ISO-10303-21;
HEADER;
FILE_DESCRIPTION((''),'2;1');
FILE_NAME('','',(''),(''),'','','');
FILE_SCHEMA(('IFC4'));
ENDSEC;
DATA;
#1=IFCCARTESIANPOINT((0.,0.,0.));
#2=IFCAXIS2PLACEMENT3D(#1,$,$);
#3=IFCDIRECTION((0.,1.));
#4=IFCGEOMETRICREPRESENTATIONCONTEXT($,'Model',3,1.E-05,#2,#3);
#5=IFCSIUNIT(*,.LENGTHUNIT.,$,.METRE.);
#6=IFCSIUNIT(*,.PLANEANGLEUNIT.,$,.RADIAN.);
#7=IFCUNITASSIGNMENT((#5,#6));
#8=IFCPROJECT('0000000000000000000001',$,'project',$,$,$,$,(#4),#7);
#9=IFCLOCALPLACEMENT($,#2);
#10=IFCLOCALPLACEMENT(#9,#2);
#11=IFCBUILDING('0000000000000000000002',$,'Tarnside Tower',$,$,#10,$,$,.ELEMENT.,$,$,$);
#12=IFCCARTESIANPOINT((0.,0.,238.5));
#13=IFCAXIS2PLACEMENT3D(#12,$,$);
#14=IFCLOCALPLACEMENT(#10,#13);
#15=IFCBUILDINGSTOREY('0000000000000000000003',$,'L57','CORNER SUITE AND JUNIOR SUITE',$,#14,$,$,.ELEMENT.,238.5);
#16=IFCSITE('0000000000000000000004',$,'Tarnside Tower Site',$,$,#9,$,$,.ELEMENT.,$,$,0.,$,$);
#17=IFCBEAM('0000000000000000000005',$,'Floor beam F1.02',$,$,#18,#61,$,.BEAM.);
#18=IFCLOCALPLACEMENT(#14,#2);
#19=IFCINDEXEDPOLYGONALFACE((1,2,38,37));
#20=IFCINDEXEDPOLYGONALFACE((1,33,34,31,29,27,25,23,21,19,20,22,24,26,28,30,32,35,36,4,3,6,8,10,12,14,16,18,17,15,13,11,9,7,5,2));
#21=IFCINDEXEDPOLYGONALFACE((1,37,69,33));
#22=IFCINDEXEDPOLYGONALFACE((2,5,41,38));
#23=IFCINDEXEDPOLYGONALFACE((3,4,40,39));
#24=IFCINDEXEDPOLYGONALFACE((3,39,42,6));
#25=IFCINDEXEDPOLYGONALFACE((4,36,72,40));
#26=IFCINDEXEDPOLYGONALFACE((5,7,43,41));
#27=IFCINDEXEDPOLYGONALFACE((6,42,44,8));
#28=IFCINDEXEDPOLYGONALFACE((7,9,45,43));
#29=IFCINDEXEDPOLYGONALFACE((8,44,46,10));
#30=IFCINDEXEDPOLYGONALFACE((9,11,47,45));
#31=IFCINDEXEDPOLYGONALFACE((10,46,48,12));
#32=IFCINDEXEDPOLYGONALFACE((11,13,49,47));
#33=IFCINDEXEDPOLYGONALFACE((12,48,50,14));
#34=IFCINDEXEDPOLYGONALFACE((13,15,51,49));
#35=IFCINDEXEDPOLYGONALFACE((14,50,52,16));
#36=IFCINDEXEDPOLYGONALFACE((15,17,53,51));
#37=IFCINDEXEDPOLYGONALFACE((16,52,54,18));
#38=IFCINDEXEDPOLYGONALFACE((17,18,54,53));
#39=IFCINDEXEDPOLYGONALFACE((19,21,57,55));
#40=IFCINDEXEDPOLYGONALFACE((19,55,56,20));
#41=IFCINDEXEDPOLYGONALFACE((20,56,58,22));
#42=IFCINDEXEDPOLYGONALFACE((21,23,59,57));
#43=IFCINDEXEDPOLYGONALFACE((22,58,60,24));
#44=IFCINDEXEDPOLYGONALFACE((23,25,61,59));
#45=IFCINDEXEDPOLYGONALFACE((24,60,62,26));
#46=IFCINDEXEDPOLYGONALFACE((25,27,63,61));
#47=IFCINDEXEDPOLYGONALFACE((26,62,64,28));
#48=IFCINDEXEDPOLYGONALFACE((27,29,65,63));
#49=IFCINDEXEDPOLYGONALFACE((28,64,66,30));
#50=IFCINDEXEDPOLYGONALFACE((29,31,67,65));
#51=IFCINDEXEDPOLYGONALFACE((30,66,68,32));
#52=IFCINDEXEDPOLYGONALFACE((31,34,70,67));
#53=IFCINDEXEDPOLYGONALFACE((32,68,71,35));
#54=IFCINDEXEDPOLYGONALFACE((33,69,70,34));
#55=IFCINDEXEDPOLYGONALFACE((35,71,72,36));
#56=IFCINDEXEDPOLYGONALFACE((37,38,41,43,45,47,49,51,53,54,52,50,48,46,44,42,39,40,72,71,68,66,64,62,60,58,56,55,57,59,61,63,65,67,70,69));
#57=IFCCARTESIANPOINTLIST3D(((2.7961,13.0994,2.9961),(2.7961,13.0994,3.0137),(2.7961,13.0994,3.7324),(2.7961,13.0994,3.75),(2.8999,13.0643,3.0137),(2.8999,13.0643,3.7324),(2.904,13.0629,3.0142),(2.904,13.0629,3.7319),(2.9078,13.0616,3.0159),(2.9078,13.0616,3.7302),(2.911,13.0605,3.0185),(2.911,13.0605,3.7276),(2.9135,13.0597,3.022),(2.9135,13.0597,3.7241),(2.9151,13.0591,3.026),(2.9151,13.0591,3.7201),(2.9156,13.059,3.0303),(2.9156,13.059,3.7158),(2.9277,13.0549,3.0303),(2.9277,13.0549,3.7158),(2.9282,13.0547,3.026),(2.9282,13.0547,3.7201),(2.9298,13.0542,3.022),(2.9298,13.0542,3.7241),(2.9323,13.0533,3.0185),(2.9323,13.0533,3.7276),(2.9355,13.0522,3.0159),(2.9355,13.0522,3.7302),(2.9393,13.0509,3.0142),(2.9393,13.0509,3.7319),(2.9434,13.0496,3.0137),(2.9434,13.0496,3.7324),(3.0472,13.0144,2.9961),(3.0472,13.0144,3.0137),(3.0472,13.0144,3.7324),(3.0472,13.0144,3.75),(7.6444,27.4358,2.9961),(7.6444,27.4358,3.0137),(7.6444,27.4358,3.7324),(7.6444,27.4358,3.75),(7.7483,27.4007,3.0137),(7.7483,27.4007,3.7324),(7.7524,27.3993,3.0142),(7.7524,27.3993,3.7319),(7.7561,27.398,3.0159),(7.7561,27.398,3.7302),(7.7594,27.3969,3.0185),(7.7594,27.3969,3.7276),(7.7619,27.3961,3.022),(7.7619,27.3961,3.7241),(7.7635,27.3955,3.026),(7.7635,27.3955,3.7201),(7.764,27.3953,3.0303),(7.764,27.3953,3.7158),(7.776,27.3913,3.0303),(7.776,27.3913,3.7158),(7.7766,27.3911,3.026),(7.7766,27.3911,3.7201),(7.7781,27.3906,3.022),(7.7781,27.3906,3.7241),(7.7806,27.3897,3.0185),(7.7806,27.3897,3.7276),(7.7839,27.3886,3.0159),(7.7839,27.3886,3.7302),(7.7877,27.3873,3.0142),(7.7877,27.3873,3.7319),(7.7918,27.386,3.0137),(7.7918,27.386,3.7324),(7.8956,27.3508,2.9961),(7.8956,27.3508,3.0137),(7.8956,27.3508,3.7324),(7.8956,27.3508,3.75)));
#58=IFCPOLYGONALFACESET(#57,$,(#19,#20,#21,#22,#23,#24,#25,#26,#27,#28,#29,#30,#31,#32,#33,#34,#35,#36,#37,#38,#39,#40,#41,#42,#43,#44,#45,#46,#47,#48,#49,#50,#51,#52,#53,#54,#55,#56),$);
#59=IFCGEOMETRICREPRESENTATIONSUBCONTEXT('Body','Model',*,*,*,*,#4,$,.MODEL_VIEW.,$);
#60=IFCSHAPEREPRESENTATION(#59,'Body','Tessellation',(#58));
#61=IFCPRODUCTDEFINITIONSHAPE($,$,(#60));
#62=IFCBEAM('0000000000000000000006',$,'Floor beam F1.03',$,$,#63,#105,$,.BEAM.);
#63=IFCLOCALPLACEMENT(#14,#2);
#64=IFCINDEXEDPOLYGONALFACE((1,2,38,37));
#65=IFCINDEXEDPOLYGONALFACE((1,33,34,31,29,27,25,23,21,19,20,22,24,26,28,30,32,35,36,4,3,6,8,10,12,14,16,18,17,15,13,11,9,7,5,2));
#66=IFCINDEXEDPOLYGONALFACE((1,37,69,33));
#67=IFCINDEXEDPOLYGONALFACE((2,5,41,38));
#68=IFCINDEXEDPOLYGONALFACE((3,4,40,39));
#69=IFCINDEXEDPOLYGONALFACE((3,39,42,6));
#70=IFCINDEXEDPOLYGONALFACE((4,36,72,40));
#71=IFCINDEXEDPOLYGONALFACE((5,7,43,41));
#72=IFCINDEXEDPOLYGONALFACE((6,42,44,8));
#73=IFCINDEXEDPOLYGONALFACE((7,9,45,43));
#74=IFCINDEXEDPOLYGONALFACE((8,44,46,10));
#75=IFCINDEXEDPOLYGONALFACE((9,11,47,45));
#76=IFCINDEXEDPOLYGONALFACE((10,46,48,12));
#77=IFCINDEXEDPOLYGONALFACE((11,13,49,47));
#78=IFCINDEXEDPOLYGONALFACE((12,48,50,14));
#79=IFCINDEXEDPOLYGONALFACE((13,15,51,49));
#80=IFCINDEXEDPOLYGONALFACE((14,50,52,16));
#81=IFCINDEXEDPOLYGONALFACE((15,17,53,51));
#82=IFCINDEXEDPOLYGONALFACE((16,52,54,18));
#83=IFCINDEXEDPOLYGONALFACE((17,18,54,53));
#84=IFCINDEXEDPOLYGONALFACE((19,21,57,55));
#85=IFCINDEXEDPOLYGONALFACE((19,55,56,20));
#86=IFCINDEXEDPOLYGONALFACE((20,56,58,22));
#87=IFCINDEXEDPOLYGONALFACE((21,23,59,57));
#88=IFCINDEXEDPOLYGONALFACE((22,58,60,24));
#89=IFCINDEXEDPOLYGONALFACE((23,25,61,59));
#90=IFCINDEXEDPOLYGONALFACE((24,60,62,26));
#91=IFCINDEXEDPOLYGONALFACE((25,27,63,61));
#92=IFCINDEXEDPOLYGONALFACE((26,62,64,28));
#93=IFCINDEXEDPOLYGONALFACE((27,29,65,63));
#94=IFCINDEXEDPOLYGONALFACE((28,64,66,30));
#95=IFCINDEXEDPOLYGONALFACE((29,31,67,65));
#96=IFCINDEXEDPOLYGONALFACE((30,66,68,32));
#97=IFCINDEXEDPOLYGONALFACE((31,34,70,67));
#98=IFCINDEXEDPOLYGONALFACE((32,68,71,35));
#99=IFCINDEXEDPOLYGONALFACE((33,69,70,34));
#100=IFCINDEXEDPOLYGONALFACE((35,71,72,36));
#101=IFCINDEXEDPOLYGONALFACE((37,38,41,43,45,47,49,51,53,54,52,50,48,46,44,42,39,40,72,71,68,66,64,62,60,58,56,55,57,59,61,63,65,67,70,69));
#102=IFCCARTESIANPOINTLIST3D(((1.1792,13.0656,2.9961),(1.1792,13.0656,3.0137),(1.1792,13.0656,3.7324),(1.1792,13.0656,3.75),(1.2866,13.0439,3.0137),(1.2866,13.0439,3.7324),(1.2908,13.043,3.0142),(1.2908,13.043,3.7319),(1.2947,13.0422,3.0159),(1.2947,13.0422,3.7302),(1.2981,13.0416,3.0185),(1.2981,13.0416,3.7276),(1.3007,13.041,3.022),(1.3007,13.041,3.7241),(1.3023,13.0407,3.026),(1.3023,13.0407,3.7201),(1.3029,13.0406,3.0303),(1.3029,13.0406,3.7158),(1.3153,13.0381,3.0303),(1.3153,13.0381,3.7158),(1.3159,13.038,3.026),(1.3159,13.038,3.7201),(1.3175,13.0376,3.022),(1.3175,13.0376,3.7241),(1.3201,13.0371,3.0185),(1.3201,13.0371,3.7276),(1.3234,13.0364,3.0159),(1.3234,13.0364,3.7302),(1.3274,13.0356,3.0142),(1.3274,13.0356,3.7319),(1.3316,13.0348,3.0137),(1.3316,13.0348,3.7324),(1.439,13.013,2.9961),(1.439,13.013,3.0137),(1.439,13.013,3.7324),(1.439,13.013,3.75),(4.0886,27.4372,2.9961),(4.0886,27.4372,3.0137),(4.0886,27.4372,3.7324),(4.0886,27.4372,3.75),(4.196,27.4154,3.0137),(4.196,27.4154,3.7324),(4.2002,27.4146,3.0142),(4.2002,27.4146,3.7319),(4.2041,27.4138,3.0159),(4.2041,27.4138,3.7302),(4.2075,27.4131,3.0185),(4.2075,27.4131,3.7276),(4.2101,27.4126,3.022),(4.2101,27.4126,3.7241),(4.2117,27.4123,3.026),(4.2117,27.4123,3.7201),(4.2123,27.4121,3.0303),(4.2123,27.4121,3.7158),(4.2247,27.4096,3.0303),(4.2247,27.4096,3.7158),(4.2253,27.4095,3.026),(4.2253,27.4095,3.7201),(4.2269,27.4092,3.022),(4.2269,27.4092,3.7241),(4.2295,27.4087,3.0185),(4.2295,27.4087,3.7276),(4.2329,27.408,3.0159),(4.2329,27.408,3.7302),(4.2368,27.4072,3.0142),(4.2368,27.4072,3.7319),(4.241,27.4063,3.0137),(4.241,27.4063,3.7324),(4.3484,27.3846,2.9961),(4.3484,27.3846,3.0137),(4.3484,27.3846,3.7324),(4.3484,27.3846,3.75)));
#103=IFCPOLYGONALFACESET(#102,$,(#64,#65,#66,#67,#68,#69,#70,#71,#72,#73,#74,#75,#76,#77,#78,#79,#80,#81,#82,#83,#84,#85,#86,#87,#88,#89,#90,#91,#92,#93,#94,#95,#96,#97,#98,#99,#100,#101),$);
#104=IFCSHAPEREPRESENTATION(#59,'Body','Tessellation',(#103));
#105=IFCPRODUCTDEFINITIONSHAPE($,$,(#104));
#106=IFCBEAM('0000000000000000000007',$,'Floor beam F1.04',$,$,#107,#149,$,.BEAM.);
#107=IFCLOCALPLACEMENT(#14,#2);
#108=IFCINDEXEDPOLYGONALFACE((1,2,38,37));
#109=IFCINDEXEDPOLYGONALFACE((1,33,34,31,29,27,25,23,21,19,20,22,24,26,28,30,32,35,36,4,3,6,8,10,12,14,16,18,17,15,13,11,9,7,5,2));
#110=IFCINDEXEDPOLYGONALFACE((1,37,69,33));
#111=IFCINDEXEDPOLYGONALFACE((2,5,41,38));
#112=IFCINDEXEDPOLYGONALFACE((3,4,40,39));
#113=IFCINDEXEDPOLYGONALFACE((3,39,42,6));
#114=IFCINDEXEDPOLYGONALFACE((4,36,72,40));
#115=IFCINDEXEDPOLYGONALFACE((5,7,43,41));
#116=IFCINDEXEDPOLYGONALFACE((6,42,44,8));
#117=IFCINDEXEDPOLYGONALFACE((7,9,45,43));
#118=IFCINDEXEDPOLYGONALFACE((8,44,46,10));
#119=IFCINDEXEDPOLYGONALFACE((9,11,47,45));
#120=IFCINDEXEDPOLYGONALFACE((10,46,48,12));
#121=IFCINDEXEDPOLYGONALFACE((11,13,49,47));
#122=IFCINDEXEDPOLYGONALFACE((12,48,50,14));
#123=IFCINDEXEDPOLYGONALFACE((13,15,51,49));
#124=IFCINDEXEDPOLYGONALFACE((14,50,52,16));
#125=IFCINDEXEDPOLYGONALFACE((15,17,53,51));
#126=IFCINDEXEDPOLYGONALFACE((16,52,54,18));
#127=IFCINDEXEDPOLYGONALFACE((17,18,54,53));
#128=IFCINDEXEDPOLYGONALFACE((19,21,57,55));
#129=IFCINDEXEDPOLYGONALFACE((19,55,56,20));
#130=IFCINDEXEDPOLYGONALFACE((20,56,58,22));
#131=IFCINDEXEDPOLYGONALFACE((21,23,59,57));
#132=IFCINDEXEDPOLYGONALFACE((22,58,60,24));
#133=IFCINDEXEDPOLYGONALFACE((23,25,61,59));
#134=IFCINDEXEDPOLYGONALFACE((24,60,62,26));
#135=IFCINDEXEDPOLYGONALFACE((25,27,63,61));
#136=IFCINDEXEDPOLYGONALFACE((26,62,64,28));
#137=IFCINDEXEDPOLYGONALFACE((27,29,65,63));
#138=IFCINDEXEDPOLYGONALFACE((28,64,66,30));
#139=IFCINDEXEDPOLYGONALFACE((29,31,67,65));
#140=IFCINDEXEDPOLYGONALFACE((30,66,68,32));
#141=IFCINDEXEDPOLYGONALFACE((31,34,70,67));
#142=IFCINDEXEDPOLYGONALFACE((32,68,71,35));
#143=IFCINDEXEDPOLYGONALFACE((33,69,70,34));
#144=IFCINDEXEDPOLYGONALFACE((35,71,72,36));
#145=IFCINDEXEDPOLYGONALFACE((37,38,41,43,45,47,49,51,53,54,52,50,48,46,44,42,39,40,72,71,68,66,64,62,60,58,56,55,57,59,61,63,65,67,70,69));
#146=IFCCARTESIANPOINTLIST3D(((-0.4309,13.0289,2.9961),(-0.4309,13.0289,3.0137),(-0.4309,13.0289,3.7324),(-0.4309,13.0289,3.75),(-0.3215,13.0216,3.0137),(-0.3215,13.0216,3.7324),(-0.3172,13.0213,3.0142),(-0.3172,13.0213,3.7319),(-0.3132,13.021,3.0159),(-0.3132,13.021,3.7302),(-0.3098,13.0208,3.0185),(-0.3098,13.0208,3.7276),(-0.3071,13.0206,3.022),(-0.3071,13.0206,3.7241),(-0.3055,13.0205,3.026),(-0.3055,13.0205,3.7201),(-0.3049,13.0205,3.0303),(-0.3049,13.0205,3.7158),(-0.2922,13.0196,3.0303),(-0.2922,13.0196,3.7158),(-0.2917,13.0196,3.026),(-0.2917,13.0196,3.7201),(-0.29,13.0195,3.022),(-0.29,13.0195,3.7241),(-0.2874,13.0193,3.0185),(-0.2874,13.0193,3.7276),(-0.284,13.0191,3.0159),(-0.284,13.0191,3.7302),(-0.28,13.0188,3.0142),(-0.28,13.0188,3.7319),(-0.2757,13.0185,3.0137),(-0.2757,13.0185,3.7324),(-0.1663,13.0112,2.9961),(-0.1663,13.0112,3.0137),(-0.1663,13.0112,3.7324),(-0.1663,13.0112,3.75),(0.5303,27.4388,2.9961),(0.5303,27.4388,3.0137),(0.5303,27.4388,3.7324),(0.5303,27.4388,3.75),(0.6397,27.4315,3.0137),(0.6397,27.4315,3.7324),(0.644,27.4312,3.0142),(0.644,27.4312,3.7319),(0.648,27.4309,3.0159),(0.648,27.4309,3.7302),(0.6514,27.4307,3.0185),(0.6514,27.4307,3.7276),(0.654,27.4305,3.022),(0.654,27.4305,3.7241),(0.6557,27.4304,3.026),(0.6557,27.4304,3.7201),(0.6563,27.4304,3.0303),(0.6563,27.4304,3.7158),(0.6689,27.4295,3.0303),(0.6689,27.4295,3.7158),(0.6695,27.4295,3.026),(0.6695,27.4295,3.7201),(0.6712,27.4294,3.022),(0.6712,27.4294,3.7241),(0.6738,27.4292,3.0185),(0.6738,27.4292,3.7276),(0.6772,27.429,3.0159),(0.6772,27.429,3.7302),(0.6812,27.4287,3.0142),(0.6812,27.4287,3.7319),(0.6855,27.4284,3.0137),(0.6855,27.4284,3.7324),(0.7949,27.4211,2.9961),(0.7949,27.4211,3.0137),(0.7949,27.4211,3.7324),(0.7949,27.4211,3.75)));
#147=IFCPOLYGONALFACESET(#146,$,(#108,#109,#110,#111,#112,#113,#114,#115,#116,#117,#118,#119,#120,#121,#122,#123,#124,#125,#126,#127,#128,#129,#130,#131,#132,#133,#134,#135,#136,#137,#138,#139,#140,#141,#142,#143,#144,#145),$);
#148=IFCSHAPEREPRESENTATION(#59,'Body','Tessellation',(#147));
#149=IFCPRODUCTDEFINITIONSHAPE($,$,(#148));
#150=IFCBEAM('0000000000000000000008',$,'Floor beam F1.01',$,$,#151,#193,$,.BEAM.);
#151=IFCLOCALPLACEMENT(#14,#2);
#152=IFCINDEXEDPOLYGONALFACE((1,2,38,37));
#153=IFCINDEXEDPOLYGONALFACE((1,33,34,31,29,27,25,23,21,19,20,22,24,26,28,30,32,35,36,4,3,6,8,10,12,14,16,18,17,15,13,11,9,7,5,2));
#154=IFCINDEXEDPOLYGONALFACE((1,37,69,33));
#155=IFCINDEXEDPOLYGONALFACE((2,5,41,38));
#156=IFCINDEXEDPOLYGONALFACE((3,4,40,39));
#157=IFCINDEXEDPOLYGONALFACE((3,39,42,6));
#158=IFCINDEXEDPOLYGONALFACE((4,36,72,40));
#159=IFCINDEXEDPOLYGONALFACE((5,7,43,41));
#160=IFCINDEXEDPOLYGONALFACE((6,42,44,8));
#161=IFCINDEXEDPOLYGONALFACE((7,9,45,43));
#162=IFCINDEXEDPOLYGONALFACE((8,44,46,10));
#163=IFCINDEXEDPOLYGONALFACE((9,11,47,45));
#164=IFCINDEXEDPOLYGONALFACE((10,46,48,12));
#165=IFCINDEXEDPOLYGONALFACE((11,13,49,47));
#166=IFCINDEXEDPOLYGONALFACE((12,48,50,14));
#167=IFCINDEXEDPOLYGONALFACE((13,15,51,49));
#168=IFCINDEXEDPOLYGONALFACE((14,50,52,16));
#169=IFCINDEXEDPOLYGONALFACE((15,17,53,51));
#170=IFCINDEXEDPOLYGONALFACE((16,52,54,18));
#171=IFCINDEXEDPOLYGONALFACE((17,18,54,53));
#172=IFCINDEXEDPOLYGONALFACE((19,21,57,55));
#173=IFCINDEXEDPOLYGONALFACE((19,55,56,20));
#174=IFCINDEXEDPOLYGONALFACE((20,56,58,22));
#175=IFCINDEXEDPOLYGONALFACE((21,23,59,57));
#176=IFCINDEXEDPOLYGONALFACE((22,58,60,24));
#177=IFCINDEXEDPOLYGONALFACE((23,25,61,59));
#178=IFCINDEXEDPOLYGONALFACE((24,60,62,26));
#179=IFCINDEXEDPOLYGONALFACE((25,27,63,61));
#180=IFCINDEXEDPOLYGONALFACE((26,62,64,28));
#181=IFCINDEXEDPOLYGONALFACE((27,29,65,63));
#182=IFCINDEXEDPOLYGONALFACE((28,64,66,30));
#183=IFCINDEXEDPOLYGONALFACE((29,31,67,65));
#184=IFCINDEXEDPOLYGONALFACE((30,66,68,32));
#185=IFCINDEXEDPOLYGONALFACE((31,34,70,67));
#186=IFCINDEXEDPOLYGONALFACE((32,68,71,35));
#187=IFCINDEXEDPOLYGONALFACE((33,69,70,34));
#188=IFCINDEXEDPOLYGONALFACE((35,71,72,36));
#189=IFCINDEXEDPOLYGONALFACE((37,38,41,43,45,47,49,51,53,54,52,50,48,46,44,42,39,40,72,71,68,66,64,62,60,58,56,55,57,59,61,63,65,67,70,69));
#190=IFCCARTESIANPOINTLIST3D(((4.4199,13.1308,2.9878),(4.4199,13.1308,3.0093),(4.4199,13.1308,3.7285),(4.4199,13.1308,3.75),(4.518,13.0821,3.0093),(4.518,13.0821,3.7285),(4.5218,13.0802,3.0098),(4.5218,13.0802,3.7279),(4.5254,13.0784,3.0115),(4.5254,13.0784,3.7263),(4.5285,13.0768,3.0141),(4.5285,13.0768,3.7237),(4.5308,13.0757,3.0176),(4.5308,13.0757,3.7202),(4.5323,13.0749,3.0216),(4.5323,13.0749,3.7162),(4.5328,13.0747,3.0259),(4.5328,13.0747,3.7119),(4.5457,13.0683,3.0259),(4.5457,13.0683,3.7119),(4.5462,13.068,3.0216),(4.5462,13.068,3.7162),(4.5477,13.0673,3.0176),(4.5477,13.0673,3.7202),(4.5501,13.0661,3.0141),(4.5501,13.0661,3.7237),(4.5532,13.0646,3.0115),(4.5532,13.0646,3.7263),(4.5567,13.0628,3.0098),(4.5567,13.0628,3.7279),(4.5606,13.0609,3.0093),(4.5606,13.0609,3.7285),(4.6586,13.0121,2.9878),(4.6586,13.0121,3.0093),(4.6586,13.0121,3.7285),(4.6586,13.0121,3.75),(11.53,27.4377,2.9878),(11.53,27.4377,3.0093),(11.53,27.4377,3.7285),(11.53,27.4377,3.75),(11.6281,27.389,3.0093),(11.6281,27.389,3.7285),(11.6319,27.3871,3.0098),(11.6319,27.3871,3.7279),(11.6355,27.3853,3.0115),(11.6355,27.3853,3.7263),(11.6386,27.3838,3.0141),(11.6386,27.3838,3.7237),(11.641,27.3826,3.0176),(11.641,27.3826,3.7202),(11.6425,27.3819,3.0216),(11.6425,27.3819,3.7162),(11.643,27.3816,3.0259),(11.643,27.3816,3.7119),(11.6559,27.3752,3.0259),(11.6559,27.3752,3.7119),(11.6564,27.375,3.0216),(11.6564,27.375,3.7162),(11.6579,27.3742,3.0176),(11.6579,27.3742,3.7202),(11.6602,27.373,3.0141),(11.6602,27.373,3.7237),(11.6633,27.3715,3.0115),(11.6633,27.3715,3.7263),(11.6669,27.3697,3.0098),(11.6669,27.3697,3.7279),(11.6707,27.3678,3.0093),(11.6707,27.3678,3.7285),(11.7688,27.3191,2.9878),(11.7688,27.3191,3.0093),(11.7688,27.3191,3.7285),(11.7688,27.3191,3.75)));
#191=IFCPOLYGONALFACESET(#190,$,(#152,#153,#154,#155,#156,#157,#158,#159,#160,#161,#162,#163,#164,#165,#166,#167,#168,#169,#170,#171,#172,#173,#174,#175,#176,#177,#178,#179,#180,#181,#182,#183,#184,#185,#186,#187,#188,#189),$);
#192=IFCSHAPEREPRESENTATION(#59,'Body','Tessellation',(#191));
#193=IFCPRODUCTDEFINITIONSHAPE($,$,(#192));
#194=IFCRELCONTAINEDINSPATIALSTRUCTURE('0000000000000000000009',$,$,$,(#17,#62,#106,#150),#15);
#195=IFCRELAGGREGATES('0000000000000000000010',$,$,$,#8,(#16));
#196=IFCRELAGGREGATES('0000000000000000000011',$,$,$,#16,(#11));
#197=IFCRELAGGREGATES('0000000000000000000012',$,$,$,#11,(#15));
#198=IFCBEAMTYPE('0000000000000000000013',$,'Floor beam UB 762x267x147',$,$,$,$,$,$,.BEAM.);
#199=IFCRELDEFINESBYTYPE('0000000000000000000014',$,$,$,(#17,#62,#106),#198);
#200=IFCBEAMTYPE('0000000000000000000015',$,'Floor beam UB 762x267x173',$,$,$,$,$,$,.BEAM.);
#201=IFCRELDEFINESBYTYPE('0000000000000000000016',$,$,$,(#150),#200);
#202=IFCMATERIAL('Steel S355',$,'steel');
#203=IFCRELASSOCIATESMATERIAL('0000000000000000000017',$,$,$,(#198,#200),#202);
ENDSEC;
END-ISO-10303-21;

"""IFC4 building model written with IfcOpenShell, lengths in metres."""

from ifc_helpers import new_model, si_unit, direction, frame, origin, origin_2d, place, context, subcontext, project, spatial, i_section, extrude, material, material_profile, profile_set, type_object, element, save


model = new_model("IFC4")

# Units and contexts
model_context = context("Model", 3, precision=1e-05, world=origin(), true_north=direction((0.0, 1.0)))
body_context = subcontext(model_context, "Body", "Model", "MODEL_VIEW")
ifc_project = project(units=[si_unit("LENGTHUNIT", "METRE"), si_unit("PLANEANGLEUNIT", "RADIAN")], contexts=[model_context])

# Site, building, storey
site_placement = place(None, origin())
site = spatial("IfcSite", under=ifc_project, at=site_placement, Name="Tarnside Tower Site", CompositionType="ELEMENT", RefElevation=0.0)
building_placement = place(site_placement, origin())
building = spatial("IfcBuilding", under=site, at=building_placement, Name="Tarnside Tower", CompositionType="ELEMENT")
storey_placement = place(building_placement, frame((0.0, 0.0, 238.5)))
storey = spatial("IfcBuildingStorey", under=building, at=storey_placement, Name="L57", Description="CORNER SUITE AND JUNIOR SUITE", CompositionType="ELEMENT", Elevation=238.5)

# Beams
ifc_material_1 = material(Name="Steel S355", Category="steel")
ifc_material_profile_1 = material_profile(ifc_material_1, i_section(OverallWidth=0.2651, OverallDepth=0.7539, WebThickness=0.0127, FlangeThickness=0.0176, FilletRadius=0.0166, at=origin_2d()), Name="UB 762x267x147")
ifc_profile_set_1 = profile_set([ifc_material_profile_1], Name="Steel S355")
beam_type_1 = type_object("IfcBeamType", Name="Floor beam UB 762x267x147", PredefinedType="BEAM", material=ifc_profile_set_1)
beam_1_placement = place(storey_placement, frame((7.77, 27.3933, 3.373), z_axis=(-0.320363, -0.947295, 0.0), x_axis=(0.947295, -0.320363, 0.0)))
element("IfcBeam", 1, at=beam_1_placement, inside=storey, type_object=beam_type_1, Name="Floor beam F1.02", PredefinedType="BEAM", context=body_context, shape_type="SweptSolid", body=[
    extrude(i_section(OverallWidth=0.2651, OverallDepth=0.7539, WebThickness=0.0127, FlangeThickness=0.0176, FilletRadius=0.0166, at=origin_2d()), origin(), (0.0, 0.0, 1.0), 15.134),
])
beam_2_placement = place(storey_placement, frame((4.2185, 27.4109, 3.373), z_axis=(-0.198418, -0.980118, 0.0), x_axis=(0.980118, -0.198418, 0.0)))
element("IfcBeam", 2, at=beam_2_placement, inside=storey, type_object=beam_type_1, Name="Floor beam F1.03", PredefinedType="BEAM", context=body_context, shape_type="SweptSolid", body=[
    extrude(i_section(OverallWidth=0.2651, OverallDepth=0.7539, WebThickness=0.0127, FlangeThickness=0.0176, FilletRadius=0.0166, at=origin_2d()), origin(), (0.0, 0.0, 1.0), 14.6631),
])
beam_3_placement = place(storey_placement, frame((0.6626, 27.4299, 3.373), z_axis=(-0.066555, -0.997783, 0.0), x_axis=(0.997783, -0.066555, 0.0)))
element("IfcBeam", 3, at=beam_3_placement, inside=storey, type_object=beam_type_1, Name="Floor beam F1.04", PredefinedType="BEAM", context=body_context, shape_type="SweptSolid", body=[
    extrude(i_section(OverallWidth=0.2651, OverallDepth=0.7539, WebThickness=0.0127, FlangeThickness=0.0176, FilletRadius=0.0166, at=origin_2d()), origin(), (0.0, 0.0, 1.0), 14.4419),
])
ifc_material_profile_2 = material_profile(ifc_material_1, i_section(OverallWidth=0.2666, OverallDepth=0.7622, WebThickness=0.0144, FlangeThickness=0.0215, FilletRadius=0.0166, at=origin_2d()), Name="UB 762x267x173")
ifc_profile_set_2 = profile_set([ifc_material_profile_2], Name="Steel S355")
beam_type_2 = type_object("IfcBeamType", Name="Floor beam UB 762x267x173", PredefinedType="BEAM", material=ifc_profile_set_2)
beam_4_placement = place(storey_placement, frame((11.6494, 27.3784, 3.3689), z_axis=(-0.445042, -0.89551, 0.0), x_axis=(0.89551, -0.445042, 0.0)))
element("IfcBeam", 4, at=beam_4_placement, inside=storey, type_object=beam_type_2, Name="Floor beam F1.01", PredefinedType="BEAM", context=body_context, shape_type="SweptSolid", body=[
    extrude(i_section(OverallWidth=0.2666, OverallDepth=0.7622, WebThickness=0.0144, FlangeThickness=0.0215, FilletRadius=0.0166, at=origin_2d()), origin(), (0.0, 0.0, 1.0), 15.9763),
])

save(model, "model.ifc")
